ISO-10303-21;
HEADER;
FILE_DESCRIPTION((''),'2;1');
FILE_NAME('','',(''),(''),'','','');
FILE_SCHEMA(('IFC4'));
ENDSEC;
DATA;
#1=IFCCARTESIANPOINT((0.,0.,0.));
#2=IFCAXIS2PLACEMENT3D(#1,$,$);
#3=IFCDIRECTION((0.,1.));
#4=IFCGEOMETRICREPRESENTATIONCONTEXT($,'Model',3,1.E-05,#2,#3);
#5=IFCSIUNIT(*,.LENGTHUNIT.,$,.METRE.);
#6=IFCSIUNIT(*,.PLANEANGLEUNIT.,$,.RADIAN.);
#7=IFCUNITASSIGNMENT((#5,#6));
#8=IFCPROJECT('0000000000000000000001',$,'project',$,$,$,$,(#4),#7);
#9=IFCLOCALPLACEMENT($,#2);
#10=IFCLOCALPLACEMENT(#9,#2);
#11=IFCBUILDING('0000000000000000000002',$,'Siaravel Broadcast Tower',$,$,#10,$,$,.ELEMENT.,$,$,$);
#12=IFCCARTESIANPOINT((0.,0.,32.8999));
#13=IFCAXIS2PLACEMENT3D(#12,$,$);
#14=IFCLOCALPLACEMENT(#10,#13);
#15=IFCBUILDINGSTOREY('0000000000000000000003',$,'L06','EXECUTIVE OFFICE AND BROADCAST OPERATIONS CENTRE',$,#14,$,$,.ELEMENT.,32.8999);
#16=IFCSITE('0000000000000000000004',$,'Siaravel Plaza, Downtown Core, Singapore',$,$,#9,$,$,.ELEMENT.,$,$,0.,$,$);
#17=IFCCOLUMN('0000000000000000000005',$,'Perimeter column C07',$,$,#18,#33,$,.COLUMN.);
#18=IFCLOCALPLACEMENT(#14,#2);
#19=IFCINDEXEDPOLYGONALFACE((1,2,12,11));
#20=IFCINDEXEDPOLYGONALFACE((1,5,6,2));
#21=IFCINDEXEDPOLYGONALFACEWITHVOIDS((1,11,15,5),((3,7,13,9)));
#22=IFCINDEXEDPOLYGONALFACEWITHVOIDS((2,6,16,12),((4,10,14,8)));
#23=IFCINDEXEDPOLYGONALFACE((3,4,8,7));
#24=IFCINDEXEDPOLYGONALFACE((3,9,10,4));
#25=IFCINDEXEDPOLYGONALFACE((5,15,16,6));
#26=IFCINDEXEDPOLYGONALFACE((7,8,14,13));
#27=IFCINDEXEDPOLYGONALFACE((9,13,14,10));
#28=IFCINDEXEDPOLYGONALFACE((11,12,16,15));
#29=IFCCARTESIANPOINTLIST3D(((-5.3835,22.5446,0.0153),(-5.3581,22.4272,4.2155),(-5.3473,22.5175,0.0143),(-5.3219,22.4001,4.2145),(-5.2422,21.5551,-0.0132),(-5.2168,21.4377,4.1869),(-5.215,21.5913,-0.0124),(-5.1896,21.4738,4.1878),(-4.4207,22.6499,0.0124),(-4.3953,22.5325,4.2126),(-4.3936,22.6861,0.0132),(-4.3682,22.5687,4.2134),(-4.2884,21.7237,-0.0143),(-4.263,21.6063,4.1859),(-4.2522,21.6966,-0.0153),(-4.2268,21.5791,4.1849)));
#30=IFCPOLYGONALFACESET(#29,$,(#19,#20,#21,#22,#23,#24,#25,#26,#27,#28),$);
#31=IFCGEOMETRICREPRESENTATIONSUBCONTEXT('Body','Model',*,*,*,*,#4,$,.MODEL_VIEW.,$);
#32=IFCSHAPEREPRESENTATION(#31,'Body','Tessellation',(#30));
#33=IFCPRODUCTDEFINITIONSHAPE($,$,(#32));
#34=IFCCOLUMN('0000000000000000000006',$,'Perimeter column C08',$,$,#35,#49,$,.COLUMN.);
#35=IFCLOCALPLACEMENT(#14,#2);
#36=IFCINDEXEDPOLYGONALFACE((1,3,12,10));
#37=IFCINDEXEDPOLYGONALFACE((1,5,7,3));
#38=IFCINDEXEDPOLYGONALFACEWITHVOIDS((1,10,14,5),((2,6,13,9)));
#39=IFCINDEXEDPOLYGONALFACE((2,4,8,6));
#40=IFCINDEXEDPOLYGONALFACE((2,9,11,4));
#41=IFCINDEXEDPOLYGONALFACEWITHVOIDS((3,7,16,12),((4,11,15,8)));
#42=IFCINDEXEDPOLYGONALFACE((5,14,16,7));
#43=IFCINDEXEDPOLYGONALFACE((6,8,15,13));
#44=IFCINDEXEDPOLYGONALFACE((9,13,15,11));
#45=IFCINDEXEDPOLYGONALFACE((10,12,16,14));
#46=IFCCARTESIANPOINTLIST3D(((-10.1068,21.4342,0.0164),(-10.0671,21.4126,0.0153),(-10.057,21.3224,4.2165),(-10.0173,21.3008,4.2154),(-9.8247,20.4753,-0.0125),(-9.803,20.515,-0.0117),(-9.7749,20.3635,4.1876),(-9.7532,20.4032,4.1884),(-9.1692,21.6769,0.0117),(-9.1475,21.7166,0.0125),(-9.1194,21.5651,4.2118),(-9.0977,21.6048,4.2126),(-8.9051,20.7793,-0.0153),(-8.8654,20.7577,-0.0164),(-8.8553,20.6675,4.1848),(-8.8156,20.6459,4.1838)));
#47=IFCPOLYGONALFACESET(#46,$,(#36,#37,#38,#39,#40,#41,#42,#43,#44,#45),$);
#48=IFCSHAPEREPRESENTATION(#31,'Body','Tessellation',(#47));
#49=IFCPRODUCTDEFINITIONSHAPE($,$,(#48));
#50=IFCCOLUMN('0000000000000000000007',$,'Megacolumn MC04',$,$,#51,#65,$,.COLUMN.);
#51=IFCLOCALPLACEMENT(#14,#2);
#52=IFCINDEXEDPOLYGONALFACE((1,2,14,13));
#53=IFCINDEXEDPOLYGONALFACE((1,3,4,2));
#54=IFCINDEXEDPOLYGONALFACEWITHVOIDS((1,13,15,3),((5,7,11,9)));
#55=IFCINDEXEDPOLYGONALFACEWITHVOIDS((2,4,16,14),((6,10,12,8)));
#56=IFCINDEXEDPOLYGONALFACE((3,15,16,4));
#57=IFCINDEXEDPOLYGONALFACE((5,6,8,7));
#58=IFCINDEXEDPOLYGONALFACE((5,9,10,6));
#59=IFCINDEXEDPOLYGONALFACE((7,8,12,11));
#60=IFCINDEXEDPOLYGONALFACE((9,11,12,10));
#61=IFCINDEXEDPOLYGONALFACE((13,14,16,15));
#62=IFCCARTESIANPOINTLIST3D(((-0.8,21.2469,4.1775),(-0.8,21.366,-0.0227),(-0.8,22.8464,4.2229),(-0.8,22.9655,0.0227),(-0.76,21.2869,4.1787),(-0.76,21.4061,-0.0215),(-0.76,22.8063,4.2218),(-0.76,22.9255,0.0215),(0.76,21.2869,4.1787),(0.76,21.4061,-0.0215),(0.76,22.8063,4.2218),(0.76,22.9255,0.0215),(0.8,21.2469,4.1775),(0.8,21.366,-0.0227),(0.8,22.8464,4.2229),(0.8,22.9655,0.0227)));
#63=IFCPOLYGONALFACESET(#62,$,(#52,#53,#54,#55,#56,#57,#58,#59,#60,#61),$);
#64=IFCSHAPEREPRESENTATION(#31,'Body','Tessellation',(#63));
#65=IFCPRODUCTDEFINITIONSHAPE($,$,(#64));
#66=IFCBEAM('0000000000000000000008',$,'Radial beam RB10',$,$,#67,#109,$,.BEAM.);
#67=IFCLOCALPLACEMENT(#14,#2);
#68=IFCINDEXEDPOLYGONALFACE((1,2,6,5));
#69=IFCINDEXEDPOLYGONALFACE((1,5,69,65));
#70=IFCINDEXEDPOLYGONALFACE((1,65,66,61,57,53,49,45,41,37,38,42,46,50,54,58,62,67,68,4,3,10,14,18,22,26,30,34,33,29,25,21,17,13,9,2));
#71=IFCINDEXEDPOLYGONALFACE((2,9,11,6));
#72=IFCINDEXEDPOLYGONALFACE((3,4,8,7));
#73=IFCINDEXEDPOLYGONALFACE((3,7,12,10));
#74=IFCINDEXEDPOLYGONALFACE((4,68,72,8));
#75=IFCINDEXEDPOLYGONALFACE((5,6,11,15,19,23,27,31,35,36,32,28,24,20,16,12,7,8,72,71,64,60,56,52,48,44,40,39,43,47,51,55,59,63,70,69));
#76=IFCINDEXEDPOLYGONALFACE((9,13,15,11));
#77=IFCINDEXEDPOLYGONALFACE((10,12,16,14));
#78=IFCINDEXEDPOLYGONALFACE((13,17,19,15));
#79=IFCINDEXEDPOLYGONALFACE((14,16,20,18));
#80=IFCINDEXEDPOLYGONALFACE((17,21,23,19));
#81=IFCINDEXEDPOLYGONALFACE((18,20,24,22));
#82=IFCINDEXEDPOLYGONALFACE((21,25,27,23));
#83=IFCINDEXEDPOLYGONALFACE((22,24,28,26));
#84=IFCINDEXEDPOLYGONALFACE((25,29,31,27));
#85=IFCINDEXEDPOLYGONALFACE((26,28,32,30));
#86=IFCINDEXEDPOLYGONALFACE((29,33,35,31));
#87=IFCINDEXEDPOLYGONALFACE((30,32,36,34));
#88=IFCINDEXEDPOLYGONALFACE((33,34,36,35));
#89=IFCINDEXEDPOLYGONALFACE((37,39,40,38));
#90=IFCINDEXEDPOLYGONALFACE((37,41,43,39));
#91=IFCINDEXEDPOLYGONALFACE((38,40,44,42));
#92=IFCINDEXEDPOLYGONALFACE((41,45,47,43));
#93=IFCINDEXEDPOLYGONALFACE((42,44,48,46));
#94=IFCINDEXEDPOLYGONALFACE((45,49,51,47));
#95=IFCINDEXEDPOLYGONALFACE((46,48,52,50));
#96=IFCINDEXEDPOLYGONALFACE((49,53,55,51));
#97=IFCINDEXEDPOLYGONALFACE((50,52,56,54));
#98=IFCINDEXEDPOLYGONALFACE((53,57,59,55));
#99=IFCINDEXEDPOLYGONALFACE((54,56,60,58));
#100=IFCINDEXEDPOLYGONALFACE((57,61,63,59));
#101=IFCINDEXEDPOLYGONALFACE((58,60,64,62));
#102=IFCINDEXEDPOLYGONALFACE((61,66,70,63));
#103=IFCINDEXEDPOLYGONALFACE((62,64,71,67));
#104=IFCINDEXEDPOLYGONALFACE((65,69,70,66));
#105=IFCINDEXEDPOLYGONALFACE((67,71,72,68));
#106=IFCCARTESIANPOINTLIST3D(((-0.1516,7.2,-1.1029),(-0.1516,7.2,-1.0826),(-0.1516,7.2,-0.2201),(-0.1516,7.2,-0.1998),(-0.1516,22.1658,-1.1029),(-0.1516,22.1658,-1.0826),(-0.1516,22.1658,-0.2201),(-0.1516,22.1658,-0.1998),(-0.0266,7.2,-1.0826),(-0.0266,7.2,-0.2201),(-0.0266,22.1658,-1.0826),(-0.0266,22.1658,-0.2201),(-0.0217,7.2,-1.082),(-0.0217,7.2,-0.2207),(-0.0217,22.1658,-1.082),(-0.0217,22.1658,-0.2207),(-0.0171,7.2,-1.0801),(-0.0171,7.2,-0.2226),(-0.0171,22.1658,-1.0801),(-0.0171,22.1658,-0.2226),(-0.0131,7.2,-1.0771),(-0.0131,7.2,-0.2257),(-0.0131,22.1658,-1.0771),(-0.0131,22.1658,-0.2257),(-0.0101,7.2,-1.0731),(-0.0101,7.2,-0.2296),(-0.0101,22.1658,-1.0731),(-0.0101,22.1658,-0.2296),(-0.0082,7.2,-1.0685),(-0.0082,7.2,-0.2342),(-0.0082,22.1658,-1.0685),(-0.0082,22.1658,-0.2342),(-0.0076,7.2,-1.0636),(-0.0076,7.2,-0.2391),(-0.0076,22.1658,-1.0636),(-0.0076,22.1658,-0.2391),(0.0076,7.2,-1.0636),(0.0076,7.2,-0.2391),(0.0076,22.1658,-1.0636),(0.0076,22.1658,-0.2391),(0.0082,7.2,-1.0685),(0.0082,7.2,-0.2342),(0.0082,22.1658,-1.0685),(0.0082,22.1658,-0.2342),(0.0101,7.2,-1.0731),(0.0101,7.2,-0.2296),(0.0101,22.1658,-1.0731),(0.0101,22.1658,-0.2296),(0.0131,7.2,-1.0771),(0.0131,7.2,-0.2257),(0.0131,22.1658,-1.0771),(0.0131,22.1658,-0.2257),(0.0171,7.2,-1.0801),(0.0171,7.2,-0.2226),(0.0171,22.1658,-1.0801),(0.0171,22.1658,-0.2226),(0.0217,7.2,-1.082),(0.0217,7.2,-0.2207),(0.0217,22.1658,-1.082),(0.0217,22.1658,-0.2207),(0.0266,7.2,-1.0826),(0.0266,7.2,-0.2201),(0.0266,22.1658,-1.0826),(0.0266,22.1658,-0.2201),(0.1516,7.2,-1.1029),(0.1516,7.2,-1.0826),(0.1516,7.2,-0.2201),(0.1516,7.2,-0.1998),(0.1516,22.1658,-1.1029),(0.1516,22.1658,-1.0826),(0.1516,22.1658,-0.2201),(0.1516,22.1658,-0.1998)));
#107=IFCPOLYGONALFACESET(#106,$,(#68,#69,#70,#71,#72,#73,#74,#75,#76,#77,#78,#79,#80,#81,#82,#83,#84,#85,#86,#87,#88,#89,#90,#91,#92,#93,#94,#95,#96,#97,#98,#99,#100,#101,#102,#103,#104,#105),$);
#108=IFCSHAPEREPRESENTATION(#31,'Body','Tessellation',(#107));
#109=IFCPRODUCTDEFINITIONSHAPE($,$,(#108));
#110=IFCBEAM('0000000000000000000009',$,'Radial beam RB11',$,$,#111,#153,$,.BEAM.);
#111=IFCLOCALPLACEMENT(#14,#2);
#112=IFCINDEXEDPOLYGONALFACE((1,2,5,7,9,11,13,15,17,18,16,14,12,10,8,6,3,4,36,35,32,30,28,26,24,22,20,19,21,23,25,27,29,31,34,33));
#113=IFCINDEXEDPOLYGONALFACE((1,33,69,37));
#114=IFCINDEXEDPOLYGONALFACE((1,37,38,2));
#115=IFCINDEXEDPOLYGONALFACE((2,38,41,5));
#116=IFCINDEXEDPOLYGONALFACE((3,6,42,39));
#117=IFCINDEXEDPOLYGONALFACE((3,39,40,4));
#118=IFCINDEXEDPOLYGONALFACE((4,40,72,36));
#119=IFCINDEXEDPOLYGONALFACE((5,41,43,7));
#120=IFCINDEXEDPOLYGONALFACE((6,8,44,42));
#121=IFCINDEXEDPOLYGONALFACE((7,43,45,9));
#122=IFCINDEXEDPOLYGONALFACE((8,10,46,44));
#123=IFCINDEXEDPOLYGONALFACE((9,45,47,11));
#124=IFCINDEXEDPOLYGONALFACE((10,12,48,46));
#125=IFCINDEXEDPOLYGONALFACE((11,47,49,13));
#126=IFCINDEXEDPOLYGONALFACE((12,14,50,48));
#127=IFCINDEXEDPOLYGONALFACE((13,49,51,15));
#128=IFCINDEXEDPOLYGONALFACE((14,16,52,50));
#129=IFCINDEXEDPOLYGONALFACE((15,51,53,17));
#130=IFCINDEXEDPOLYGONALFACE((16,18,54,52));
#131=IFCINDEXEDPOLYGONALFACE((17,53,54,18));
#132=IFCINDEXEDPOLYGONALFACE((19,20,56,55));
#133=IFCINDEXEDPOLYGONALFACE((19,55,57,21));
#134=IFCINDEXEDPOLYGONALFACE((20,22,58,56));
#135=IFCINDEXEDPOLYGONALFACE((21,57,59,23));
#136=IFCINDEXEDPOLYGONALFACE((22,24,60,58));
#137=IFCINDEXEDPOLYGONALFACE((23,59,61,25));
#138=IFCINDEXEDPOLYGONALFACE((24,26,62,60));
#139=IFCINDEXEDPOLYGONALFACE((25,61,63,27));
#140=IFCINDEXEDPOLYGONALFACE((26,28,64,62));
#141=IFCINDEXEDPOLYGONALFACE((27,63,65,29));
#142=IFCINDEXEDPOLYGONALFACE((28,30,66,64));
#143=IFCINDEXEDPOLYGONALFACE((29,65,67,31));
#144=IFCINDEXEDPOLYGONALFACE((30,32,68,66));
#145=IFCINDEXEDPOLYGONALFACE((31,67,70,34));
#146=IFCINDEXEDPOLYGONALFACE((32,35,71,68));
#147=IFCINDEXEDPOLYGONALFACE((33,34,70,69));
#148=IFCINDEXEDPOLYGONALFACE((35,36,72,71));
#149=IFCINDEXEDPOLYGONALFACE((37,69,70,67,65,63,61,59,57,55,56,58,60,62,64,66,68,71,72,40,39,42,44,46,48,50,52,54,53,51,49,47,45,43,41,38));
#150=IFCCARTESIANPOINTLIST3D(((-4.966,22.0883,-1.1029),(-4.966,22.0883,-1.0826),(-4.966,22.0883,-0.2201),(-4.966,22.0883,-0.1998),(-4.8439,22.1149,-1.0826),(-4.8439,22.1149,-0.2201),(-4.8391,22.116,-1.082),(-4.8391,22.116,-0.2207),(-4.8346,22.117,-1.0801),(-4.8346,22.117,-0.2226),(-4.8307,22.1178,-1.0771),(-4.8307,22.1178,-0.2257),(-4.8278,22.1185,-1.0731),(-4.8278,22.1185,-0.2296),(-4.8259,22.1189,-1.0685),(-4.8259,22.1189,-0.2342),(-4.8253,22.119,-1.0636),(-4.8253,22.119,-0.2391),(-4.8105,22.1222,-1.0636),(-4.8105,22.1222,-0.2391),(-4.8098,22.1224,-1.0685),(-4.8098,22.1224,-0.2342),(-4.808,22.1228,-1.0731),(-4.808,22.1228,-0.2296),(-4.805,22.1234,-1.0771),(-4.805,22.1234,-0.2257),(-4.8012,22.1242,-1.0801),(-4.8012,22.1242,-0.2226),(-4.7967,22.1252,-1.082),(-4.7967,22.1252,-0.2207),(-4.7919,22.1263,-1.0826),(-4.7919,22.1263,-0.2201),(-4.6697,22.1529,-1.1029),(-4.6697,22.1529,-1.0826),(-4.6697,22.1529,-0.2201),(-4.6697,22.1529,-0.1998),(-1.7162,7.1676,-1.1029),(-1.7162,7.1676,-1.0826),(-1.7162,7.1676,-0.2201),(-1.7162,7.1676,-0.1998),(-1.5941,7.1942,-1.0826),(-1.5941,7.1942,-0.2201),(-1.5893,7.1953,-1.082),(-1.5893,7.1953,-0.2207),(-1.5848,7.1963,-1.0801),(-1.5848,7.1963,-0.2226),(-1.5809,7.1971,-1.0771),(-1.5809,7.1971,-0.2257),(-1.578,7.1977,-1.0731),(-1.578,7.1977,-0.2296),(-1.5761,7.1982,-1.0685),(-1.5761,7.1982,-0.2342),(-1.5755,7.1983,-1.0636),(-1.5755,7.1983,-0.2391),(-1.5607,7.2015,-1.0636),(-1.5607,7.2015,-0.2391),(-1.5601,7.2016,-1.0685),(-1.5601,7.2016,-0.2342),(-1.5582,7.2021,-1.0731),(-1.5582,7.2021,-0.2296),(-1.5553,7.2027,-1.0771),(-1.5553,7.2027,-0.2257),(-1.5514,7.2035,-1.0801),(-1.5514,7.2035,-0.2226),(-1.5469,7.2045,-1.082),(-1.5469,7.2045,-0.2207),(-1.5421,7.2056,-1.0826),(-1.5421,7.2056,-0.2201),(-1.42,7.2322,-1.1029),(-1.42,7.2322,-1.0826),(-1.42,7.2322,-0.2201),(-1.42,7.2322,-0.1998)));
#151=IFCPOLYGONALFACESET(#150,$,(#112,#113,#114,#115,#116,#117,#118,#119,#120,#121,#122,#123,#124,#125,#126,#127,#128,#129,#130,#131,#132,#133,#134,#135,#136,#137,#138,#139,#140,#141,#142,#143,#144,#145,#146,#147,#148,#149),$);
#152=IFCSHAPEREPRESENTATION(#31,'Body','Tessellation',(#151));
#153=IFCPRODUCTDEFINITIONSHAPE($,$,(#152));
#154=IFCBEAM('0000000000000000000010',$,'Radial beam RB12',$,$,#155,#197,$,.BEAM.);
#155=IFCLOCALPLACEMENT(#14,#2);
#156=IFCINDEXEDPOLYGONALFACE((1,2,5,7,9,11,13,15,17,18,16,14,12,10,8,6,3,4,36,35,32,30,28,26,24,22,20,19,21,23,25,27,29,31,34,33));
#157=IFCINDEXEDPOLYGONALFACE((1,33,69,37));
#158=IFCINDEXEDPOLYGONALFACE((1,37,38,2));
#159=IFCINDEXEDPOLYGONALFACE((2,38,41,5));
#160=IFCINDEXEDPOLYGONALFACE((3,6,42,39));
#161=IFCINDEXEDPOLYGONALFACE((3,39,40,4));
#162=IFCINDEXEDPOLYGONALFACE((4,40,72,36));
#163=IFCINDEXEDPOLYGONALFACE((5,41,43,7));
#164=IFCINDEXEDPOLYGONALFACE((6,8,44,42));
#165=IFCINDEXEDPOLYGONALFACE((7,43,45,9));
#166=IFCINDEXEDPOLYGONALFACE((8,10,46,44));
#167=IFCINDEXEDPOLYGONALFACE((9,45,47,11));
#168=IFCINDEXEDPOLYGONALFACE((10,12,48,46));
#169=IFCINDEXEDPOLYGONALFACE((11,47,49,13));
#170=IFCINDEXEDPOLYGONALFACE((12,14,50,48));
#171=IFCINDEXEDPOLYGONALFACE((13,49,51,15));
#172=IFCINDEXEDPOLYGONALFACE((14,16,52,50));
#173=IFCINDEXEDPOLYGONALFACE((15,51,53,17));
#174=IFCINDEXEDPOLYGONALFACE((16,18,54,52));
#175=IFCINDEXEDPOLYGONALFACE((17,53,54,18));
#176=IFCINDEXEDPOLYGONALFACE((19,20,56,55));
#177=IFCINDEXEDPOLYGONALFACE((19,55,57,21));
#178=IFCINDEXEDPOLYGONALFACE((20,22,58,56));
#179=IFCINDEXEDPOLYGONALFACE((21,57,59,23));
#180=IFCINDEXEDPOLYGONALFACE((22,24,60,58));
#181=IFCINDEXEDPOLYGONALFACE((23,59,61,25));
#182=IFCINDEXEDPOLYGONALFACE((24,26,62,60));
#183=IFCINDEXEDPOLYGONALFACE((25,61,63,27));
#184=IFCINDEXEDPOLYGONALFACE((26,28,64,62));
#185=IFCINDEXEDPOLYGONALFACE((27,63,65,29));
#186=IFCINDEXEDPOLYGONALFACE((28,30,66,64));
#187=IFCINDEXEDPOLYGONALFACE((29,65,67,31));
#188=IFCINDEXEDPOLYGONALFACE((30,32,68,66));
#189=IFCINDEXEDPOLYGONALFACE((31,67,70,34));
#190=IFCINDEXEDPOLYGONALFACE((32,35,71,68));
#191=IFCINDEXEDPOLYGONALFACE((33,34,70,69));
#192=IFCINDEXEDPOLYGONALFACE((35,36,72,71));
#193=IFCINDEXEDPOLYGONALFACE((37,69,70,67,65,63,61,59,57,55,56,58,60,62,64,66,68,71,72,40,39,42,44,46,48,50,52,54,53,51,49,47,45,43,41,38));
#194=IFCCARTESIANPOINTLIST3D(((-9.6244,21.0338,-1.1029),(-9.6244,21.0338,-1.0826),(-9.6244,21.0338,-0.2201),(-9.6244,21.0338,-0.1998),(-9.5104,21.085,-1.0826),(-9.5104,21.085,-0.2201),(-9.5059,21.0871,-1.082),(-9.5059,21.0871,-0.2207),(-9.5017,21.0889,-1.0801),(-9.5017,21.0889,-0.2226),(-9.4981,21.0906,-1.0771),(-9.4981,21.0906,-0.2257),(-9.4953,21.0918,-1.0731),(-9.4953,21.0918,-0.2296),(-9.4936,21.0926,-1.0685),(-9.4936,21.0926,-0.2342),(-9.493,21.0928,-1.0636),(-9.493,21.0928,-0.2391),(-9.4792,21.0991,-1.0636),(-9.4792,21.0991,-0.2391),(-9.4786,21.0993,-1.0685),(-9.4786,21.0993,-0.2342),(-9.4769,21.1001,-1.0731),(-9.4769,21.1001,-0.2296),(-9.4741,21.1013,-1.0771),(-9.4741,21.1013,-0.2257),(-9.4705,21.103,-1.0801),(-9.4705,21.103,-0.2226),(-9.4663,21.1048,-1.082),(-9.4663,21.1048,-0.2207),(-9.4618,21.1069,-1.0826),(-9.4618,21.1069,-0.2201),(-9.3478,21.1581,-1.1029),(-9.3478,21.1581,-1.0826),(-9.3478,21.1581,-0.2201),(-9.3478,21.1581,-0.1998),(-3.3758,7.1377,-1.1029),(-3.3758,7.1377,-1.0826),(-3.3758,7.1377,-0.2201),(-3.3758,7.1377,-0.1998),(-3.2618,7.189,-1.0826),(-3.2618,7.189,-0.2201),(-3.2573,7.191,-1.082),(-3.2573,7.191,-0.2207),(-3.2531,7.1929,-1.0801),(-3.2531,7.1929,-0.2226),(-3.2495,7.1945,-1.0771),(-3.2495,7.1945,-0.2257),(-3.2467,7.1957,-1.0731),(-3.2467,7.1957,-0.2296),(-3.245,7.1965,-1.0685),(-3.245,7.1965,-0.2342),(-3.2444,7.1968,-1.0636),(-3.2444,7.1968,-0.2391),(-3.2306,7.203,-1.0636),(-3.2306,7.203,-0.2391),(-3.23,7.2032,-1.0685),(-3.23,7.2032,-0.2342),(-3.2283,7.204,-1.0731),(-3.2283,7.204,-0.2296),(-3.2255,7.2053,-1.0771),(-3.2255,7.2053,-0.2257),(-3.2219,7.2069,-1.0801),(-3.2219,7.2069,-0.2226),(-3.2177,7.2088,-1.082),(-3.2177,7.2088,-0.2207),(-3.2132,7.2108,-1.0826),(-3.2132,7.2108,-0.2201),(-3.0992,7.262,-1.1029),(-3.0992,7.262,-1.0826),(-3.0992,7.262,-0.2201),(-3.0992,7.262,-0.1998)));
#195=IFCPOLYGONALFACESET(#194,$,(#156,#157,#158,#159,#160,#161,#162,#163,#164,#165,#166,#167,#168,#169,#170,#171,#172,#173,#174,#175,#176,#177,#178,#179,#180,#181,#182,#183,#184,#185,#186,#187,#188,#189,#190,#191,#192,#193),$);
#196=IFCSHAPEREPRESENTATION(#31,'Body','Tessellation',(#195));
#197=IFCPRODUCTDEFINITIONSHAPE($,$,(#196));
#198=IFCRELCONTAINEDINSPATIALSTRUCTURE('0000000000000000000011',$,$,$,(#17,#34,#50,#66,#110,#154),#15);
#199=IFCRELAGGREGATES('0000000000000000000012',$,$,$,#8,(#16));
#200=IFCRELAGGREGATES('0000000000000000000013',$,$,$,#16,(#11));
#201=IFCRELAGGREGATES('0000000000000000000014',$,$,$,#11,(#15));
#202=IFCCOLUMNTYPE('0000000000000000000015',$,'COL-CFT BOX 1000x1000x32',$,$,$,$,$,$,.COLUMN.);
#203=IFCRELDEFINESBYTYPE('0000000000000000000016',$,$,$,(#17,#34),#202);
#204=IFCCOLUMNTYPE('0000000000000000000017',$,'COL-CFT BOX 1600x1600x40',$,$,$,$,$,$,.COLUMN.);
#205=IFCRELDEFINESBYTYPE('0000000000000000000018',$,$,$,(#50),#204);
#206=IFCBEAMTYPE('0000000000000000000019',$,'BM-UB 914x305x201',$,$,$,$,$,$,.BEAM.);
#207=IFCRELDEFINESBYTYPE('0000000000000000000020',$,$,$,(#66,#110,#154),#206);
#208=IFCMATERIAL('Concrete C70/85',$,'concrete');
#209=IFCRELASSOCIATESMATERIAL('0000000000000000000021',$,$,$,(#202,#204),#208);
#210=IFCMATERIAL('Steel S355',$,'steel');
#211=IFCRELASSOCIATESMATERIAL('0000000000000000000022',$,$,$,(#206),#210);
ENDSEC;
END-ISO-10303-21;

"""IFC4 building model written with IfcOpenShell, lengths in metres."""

from ifc_helpers import new_model, si_unit, direction, frame, origin, origin_2d, place, context, subcontext, project, spatial, hollow_rectangle, i_section, extrude, material, material_profile, profile_set, type_object, element, save


model = new_model("IFC4")

# Units and contexts
model_context = context("Model", 3, precision=1e-05, world=origin(), true_north=direction((0.0, 1.0)))
body_context = subcontext(model_context, "Body", "Model", "MODEL_VIEW")
ifc_project = project(units=[si_unit("LENGTHUNIT", "METRE"), si_unit("PLANEANGLEUNIT", "RADIAN")], contexts=[model_context])

# Site, building, storey
site_placement = place(None, origin())
site = spatial("IfcSite", under=ifc_project, at=site_placement, Name="Siaravel Plaza, Downtown Core, Singapore", CompositionType="ELEMENT", RefElevation=0.0)
building_placement = place(site_placement, origin())
building = spatial("IfcBuilding", under=site, at=building_placement, Name="Siaravel Broadcast Tower", CompositionType="ELEMENT")
storey_placement = place(building_placement, frame((0.0, 0.0, 32.8999)))
storey = spatial("IfcBuildingStorey", under=building, at=storey_placement, Name="L06", Description="EXECUTIVE OFFICE AND BROADCAST OPERATIONS CENTRE", CompositionType="ELEMENT", Elevation=32.8999)

# Columns
ifc_material_1 = material(Name="Concrete C70/85", Category="concrete")
ifc_material_profile_1 = material_profile(ifc_material_1, hollow_rectangle(XDim=1.0, YDim=1.0, WallThickness=0.032, at=origin_2d()))
ifc_profile_set_1 = profile_set([ifc_material_profile_1], Name="Concrete C70/85")
column_type_1 = type_object("IfcColumnType", Name="COL-CFT BOX 1000x1000x32", PredefinedType="COLUMN", material=ifc_profile_set_1)
for number, where, z_axis, x_axis, name in (
    (1, (-4.8179, 22.1206, 0.0), (0.006043, -0.027947, 0.999591), (0.98994, 0.141473, -0.002029), "Perimeter column C07"),
    (2, (-9.4861, 21.0959, 0.0), (0.011853, -0.02661, 0.999576), (0.959297, 0.282374, -0.003858), "Perimeter column C08"),
):
    element("IfcColumn", number, at=place(storey_placement, frame(where, z_axis=z_axis, x_axis=x_axis)), inside=storey, type_object=column_type_1, Name=name, PredefinedType="COLUMN", context=body_context, shape_type="SweptSolid", body=[
        extrude(hollow_rectangle(XDim=1.0, YDim=1.0, WallThickness=0.032, at=origin_2d()), origin(), (0.0, 0.0, 1.0), 4.2019),
    ])
ifc_material_profile_2 = material_profile(ifc_material_1, hollow_rectangle(XDim=1.6001, YDim=1.6001, WallThickness=0.04, at=origin_2d()))
ifc_profile_set_2 = profile_set([ifc_material_profile_2], Name="Concrete C70/85")
column_type_2 = type_object("IfcColumnType", Name="COL-CFT BOX 1600x1600x40", PredefinedType="COLUMN", material=ifc_profile_set_2)
column_placement = place(storey_placement, frame((0.0, 22.1658, 0.0), z_axis=(0.0, -0.028354, 0.999598), x_axis=(1.0, 0.0, 0.0)))
element("IfcColumn", 3, at=column_placement, inside=storey, type_object=column_type_2, Name="Megacolumn MC04", PredefinedType="COLUMN", context=body_context, shape_type="SweptSolid", body=[
    extrude(hollow_rectangle(XDim=1.6001, YDim=1.6001, WallThickness=0.04, at=origin_2d()), origin(), (0.0, 0.0, 1.0), 4.2019),
])

# Beams
ifc_material_2 = material(Name="Steel S355", Category="steel")
ifc_material_profile_3 = material_profile(ifc_material_2, i_section(OverallWidth=0.3032, OverallDepth=0.9031, WebThickness=0.0151, FlangeThickness=0.0203, FilletRadius=0.019, at=origin_2d()))
ifc_profile_set_3 = profile_set([ifc_material_profile_3], Name="Steel S355")
beam_type = type_object("IfcBeamType", Name="BM-UB 914x305x201", PredefinedType="BEAM", material=ifc_profile_set_3)
beam_1_placement = place(storey_placement, frame((0.0, 22.1658, -0.6514), z_axis=(0.0, -1.0, 0.0), x_axis=(1.0, 0.0, 0.0)))
element("IfcBeam", 4, at=beam_1_placement, inside=storey, type_object=beam_type, Name="Radial beam RB10", PredefinedType="BEAM", context=body_context, shape_type="SweptSolid", body=[
    extrude(i_section(OverallWidth=0.3032, OverallDepth=0.9031, WebThickness=0.0151, FlangeThickness=0.0203, FilletRadius=0.019, at=origin_2d()), origin(), (0.0, 0.0, 1.0), 14.9658),
])
beam_2_placement = place(storey_placement, frame((-4.8179, 22.1206, -0.6514), z_axis=(0.212813, -0.977093, 0.0), x_axis=(0.977093, 0.212813, 0.0)))
element("IfcBeam", 5, at=beam_2_placement, inside=storey, type_object=beam_type, Name="Radial beam RB11", PredefinedType="BEAM", context=body_context, shape_type="SweptSolid", body=[
    extrude(i_section(OverallWidth=0.3032, OverallDepth=0.9031, WebThickness=0.0151, FlangeThickness=0.0203, FilletRadius=0.019, at=origin_2d()), origin(), (0.0, 0.0, 1.0), 15.2705),
])
beam_3_placement = place(storey_placement, frame((-9.4861, 21.0959, -0.6514), z_axis=(0.41011, -0.912036, 0.0), x_axis=(0.912036, 0.41011, 0.0)))
element("IfcBeam", 6, at=beam_3_placement, inside=storey, type_object=beam_type, Name="Radial beam RB12", PredefinedType="BEAM", context=body_context, shape_type="SweptSolid", body=[
    extrude(i_section(OverallWidth=0.3032, OverallDepth=0.9031, WebThickness=0.0151, FlangeThickness=0.0203, FilletRadius=0.019, at=origin_2d()), origin(), (0.0, 0.0, 1.0), 15.2363),
])

save(model, "model.ifc")
